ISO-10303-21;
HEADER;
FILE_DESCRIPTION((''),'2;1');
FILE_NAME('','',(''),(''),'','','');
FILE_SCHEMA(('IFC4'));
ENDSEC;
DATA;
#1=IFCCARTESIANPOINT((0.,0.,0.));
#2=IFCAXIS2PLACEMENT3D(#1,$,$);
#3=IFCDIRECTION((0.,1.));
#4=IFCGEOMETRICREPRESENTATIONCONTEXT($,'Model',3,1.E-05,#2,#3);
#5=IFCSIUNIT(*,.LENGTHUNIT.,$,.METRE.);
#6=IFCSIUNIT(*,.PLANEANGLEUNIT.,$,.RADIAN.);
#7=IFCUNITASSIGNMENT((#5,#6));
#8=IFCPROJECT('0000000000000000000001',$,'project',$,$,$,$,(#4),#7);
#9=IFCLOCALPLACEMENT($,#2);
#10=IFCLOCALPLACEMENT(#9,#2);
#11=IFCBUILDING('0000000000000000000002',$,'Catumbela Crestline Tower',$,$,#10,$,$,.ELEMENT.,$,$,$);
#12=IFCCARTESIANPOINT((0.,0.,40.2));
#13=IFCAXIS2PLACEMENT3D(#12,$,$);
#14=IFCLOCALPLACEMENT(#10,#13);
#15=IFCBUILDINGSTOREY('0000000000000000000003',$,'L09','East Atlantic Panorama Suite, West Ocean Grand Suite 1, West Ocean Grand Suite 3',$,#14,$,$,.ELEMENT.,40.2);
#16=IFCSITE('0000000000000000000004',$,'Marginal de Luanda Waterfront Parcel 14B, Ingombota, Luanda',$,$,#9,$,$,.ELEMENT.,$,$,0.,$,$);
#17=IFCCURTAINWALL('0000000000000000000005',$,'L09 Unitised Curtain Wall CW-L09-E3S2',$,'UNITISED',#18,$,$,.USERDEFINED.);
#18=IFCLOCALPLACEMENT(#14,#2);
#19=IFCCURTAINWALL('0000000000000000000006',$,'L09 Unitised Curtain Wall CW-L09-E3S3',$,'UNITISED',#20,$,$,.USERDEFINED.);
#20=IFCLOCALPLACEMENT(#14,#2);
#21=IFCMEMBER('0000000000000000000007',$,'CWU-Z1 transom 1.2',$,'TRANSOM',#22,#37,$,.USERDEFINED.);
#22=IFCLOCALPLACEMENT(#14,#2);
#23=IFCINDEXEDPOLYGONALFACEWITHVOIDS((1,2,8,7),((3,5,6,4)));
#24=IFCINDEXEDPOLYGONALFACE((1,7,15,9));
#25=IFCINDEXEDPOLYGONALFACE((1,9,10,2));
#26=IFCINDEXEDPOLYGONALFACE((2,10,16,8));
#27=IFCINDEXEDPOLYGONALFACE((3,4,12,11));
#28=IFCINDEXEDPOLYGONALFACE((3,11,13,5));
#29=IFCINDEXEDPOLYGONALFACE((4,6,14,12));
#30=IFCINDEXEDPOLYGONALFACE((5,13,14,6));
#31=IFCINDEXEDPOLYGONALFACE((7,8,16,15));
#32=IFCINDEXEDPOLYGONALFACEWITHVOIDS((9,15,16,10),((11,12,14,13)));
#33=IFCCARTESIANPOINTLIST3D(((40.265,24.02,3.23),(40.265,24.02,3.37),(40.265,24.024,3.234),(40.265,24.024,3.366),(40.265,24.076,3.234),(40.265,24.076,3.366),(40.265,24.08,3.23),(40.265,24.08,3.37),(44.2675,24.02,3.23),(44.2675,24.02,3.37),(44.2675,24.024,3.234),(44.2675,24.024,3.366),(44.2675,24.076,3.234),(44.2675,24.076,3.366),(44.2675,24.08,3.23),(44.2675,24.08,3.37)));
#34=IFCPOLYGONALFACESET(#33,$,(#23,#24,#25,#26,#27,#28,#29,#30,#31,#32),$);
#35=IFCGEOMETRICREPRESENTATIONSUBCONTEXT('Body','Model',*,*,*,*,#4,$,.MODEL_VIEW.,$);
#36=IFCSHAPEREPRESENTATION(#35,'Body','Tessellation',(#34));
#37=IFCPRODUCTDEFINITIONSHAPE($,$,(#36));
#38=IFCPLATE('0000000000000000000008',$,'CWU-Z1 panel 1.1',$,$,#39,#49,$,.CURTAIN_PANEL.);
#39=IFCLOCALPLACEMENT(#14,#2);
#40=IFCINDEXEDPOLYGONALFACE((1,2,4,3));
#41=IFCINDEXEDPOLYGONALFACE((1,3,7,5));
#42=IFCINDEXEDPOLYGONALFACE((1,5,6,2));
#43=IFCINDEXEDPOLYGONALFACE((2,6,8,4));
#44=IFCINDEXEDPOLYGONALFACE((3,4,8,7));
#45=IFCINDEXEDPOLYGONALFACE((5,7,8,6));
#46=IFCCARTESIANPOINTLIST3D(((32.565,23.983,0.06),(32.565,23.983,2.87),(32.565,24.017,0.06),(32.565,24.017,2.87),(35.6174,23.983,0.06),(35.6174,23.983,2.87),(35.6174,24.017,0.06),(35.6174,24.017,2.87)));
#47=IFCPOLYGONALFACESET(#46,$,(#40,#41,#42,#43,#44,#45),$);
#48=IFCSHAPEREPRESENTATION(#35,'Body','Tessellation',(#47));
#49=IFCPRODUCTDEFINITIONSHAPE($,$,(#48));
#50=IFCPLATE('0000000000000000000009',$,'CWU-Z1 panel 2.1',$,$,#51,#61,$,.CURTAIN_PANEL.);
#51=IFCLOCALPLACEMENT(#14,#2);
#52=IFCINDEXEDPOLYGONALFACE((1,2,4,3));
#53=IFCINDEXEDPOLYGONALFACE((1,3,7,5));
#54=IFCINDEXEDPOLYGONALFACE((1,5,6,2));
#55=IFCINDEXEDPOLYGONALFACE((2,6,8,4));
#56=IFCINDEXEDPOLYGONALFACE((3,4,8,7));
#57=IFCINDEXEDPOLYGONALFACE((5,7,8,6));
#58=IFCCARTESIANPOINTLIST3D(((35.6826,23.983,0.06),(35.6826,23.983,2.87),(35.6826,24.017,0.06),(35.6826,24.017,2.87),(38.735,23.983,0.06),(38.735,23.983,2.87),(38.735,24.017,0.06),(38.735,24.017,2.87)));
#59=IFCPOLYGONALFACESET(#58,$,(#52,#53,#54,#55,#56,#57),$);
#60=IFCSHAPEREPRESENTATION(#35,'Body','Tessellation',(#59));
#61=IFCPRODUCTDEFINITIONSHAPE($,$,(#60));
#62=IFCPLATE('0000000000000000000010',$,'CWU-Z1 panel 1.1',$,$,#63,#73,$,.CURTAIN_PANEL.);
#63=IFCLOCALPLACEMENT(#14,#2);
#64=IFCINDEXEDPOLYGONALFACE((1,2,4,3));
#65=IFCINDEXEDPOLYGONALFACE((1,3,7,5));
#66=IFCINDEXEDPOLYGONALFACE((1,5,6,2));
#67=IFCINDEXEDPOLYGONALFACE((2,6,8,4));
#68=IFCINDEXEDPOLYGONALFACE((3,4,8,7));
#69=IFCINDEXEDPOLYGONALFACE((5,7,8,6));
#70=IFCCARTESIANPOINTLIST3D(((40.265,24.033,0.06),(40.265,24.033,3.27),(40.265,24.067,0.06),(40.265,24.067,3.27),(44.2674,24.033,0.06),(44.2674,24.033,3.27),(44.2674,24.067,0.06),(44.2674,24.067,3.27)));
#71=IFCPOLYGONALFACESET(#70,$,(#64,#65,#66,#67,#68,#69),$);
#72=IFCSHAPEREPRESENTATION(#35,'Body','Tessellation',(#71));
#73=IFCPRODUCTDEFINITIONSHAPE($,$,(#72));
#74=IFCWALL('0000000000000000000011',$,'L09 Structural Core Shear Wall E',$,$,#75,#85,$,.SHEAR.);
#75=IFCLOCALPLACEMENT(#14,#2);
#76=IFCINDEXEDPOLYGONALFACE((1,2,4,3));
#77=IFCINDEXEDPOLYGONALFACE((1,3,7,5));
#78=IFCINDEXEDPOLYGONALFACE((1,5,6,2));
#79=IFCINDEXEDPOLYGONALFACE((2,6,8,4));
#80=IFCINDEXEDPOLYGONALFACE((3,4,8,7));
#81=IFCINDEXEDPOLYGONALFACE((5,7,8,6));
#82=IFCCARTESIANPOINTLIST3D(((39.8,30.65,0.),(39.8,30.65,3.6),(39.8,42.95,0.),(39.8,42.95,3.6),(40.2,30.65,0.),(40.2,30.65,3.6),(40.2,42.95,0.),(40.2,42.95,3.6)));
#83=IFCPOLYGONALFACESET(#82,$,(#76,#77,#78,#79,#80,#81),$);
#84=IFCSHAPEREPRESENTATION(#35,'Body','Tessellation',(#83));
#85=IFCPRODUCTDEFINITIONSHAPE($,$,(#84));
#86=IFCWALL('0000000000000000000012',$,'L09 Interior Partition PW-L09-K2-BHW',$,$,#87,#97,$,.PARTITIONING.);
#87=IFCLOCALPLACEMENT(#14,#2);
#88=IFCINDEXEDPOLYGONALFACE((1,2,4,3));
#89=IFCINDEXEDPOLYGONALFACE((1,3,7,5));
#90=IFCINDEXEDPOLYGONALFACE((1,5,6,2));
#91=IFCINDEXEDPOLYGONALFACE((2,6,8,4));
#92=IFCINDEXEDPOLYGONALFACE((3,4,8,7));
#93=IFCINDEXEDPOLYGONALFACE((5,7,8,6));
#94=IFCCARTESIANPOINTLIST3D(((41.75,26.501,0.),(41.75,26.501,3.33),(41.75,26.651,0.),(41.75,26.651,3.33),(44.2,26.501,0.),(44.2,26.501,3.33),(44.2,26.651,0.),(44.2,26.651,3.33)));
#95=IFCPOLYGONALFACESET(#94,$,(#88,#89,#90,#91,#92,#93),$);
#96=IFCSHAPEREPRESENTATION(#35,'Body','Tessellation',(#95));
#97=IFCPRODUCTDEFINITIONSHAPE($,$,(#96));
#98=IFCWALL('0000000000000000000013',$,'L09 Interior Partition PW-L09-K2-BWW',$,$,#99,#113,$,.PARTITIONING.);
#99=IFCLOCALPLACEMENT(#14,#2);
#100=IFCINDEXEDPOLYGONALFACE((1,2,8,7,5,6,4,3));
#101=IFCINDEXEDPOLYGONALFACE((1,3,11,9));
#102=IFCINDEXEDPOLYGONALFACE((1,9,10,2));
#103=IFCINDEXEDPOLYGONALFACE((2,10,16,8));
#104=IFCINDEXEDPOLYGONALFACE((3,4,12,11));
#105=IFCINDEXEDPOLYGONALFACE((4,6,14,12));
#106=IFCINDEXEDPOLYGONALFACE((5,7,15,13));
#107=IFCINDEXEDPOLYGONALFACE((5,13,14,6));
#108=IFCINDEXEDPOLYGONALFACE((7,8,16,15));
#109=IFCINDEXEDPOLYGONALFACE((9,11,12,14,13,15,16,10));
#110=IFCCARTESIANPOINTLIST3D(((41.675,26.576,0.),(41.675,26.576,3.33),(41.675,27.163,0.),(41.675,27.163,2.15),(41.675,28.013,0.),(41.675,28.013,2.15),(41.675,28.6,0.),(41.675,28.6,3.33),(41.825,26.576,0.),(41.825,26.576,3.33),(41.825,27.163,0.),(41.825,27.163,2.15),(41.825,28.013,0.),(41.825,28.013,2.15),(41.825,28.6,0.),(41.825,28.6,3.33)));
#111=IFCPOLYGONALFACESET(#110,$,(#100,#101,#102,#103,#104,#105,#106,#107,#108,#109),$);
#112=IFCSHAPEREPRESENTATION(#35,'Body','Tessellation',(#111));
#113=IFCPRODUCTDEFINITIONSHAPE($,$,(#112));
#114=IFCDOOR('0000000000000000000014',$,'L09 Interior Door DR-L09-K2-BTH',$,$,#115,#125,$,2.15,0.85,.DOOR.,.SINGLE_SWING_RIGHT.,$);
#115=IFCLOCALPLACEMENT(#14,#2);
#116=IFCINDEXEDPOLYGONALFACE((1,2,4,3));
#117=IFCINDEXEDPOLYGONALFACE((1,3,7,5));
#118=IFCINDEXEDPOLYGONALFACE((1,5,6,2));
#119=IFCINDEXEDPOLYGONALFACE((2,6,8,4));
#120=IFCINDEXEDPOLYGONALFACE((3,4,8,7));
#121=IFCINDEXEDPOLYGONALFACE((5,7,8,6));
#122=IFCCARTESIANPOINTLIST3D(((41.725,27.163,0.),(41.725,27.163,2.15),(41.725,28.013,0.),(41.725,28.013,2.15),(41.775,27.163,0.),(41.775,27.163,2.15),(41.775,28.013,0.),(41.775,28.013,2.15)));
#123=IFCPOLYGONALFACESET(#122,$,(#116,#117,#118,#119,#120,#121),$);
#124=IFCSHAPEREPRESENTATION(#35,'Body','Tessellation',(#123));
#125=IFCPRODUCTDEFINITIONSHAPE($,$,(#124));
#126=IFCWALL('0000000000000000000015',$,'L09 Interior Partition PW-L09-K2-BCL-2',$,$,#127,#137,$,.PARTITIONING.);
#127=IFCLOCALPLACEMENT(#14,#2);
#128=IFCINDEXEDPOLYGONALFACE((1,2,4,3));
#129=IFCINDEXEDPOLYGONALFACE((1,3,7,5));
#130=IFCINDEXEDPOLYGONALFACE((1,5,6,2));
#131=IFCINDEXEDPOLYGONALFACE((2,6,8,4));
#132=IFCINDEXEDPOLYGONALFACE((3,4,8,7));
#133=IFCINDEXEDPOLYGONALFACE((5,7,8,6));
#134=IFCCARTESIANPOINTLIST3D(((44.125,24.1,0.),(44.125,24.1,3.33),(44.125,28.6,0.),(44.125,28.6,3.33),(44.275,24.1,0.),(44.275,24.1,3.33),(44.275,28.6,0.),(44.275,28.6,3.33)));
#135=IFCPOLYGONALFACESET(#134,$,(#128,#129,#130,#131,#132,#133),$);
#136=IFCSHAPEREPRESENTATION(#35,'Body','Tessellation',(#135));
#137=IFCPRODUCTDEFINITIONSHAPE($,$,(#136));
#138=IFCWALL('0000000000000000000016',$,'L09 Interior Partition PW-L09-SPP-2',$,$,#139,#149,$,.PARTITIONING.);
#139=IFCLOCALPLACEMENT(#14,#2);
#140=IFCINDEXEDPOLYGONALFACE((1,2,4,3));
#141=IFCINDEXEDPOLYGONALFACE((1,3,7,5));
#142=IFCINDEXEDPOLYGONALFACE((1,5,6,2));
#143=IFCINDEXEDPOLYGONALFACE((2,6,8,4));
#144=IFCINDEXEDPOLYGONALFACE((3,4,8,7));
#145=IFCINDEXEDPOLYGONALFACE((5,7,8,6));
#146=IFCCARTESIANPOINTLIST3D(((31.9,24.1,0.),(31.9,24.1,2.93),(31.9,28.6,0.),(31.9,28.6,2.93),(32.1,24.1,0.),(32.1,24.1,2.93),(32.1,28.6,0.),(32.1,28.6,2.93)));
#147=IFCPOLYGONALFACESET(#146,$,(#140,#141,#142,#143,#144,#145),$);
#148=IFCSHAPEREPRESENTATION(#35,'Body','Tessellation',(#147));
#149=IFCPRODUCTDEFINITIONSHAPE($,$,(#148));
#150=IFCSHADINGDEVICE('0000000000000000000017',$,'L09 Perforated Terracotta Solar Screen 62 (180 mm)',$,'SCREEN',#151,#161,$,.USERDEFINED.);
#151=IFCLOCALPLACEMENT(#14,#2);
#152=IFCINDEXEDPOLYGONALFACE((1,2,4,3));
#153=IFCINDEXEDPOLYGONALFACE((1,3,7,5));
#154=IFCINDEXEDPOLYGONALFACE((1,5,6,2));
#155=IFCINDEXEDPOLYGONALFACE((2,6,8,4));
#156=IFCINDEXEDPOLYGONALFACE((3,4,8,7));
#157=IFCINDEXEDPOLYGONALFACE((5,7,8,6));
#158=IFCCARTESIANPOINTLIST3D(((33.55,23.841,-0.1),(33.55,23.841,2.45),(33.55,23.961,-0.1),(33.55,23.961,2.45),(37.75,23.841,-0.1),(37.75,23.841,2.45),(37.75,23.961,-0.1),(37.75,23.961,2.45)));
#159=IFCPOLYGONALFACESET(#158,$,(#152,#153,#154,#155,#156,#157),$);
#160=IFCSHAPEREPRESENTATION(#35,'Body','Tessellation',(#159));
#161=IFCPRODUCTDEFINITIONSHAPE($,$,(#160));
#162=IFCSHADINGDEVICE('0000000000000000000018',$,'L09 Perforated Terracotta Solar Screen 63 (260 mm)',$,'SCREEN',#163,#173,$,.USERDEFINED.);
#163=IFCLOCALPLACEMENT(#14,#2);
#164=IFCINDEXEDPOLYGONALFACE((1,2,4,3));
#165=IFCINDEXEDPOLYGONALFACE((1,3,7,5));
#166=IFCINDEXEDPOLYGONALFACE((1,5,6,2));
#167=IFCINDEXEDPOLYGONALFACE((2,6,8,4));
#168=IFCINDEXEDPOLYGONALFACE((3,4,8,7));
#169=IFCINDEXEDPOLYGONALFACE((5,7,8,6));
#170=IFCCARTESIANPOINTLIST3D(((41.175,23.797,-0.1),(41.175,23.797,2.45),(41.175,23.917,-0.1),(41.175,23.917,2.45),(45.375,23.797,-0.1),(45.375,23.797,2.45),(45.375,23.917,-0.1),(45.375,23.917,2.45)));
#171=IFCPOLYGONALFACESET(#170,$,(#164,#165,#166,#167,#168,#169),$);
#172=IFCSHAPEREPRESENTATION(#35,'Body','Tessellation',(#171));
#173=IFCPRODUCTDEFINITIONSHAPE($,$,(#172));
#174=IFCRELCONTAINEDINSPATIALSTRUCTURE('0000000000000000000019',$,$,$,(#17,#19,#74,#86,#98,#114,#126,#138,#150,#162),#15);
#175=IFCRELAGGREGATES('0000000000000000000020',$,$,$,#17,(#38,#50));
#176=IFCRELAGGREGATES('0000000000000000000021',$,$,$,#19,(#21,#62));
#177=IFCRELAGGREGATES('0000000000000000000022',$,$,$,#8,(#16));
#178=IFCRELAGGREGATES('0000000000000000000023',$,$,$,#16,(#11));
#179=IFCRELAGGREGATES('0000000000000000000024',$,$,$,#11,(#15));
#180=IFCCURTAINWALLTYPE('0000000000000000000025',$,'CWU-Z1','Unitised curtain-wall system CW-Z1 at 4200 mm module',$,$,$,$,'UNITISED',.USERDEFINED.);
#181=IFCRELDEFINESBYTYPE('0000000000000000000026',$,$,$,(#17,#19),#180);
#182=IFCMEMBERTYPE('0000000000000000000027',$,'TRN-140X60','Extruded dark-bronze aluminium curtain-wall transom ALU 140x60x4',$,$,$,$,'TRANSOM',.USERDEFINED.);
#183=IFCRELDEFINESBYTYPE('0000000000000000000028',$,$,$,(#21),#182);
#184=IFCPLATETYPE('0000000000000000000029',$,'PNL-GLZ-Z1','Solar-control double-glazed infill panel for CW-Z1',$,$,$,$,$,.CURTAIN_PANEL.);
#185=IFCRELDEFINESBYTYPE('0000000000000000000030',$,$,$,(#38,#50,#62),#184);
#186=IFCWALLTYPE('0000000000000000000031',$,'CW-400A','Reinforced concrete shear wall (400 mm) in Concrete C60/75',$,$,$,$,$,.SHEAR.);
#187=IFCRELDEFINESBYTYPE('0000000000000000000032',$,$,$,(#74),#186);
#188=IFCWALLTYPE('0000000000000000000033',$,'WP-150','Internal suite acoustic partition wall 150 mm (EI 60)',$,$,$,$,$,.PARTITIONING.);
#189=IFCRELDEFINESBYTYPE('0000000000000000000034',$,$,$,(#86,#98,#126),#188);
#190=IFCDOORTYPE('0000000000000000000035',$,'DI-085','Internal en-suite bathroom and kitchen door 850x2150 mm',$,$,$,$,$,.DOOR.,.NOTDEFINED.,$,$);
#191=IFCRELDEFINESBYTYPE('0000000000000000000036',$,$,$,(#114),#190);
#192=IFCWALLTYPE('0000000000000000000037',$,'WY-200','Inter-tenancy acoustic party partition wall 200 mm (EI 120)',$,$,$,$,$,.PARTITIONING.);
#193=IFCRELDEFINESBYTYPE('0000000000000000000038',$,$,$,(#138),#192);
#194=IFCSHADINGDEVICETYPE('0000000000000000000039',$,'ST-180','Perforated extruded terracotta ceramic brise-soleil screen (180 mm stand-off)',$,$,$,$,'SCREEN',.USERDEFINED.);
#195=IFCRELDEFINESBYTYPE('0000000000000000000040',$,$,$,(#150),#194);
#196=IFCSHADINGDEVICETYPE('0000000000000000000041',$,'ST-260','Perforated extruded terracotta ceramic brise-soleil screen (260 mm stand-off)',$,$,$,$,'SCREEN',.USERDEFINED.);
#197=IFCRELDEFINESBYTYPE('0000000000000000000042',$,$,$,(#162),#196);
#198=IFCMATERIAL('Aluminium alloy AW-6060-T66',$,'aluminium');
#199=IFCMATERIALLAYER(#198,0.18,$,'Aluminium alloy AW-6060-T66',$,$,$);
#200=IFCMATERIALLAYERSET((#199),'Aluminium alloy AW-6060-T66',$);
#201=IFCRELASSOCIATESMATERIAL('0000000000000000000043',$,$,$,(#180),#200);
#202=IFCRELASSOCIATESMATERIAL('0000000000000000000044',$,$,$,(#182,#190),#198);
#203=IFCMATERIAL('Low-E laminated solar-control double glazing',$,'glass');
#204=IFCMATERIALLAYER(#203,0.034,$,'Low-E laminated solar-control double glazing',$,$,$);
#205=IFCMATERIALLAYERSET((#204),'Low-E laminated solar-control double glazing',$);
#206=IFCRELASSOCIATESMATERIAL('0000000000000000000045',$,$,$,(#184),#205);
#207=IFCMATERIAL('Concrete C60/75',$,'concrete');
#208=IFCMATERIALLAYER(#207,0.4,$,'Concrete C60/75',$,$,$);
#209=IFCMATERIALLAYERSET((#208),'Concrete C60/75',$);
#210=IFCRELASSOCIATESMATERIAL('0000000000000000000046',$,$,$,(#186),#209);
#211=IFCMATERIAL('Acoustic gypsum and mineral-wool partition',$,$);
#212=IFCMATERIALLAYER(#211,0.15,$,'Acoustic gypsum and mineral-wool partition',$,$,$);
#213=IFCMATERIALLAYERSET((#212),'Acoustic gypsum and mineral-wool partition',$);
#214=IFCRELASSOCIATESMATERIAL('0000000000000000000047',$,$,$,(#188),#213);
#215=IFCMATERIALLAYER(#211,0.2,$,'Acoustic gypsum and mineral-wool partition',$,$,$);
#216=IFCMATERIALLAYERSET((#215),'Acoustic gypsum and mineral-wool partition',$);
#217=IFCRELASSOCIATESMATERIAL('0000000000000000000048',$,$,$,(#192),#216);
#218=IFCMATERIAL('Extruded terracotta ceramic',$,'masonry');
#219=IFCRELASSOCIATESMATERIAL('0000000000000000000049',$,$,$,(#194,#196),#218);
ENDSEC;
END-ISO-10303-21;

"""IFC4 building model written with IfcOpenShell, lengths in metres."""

from ifc_helpers import new_model, si_unit, direction, frame, frame_2d, origin, origin_2d, place, context, subcontext, project, spatial, rectangle, hollow_rectangle, extrude, material, layer, layer_set, material_profile, profile_set, type_object, element, fill, aggregate, save


model = new_model("IFC4")

# Units and contexts
model_context = context("Model", 3, precision=1e-05, world=origin(), true_north=direction((0.0, 1.0)))
body_context = subcontext(model_context, "Body", "Model", "MODEL_VIEW")
ifc_project = project(units=[si_unit("LENGTHUNIT", "METRE"), si_unit("PLANEANGLEUNIT", "RADIAN")], contexts=[model_context])

# Site, building, storey
site_placement = place(None, origin())
site = spatial("IfcSite", under=ifc_project, at=site_placement, Name="Marginal de Luanda Waterfront Parcel 14B, Ingombota, Luanda", CompositionType="ELEMENT", RefElevation=0.0)
building_placement = place(site_placement, origin())
building = spatial("IfcBuilding", under=site, at=building_placement, Name="Catumbela Crestline Tower", CompositionType="ELEMENT")
storey_placement = place(building_placement, frame((0.0, 0.0, 40.2)))
storey = spatial("IfcBuildingStorey", under=building, at=storey_placement, Name="L09", Description="East Atlantic Panorama Suite, West Ocean Grand Suite 1, West Ocean Grand Suite 3", CompositionType="ELEMENT", Elevation=40.2)

# Shared definitions
ifc_material_1 = material(Name="Concrete C60/75", Category="concrete")

# Curtain wall
ifc_material_2 = material(Name="Aluminium alloy AW-6060-T66", Category="aluminium")
ifc_layer_1 = layer(ifc_material_2, 0.18, Name="Aluminium alloy AW-6060-T66")
ifc_layer_set_1 = layer_set([ifc_layer_1], Name="Aluminium alloy AW-6060-T66")
curtain_wall_type = type_object("IfcCurtainWallType", Name="CWU-Z1", Description="Unitised curtain-wall system CW-Z1 at 4200 mm module", ElementType="UNITISED", PredefinedType="USERDEFINED", material=ifc_layer_set_1)
curtain_wall_1_placement = place(storey_placement, origin())
curtain_wall_1 = element("IfcCurtainWall", 1, at=curtain_wall_1_placement, inside=storey, type_object=curtain_wall_type, Name="L09 Unitised Curtain Wall CW-L09-E3S2", ObjectType="UNITISED", PredefinedType="USERDEFINED")

# Curtain wall
curtain_wall_2_placement = place(storey_placement, origin())
curtain_wall_2 = element("IfcCurtainWall", 2, at=curtain_wall_2_placement, inside=storey, type_object=curtain_wall_type, Name="L09 Unitised Curtain Wall CW-L09-E3S3", ObjectType="UNITISED", PredefinedType="USERDEFINED")

# Member
ifc_material_profile_1 = material_profile(ifc_material_2, hollow_rectangle(XDim=0.06, YDim=0.14, WallThickness=0.004, at=origin_2d()), Name="ALU 140x60x4")
ifc_profile_set_1 = profile_set([ifc_material_profile_1], Name="Aluminium alloy AW-6060-T66")
member_type_1 = type_object("IfcMemberType", Name="TRN-140X60", Description="Extruded dark-bronze aluminium curtain-wall transom ALU 140x60x4", ElementType="TRANSOM", PredefinedType="USERDEFINED", material=ifc_profile_set_1)
member_1_placement = place(storey_placement, frame((40.265, 24.05, 3.3), z_axis=(1.0, 0.0, 0.0), x_axis=(0.0, 1.0, 0.0)))
member_1 = element("IfcMember", 3, at=member_1_placement, type_object=member_type_1, Name="CWU-Z1 transom 1.2", ObjectType="TRANSOM", PredefinedType="USERDEFINED", context=body_context, shape_type="SweptSolid", body=[
    extrude(hollow_rectangle(XDim=0.06, YDim=0.14, WallThickness=0.004, at=origin_2d()), origin(), (0.0, 0.0, 1.0), 4.0025),
])

# Plates
ifc_material_3 = material(Name="Low-E laminated solar-control double glazing", Category="glass")
ifc_layer_2 = layer(ifc_material_3, 0.034, Name="Low-E laminated solar-control double glazing")
ifc_layer_set_2 = layer_set([ifc_layer_2], Name="Low-E laminated solar-control double glazing")
plate_type = type_object("IfcPlateType", Name="PNL-GLZ-Z1", Description="Solar-control double-glazed infill panel for CW-Z1", PredefinedType="CURTAIN_PANEL", material=ifc_layer_set_2)
plate_1_placement = place(storey_placement, frame((34.0912, 24.0, 0.06), z_axis=(0.0, 0.0, 1.0), x_axis=(1.0, 0.0, 0.0)))
plate_1 = element("IfcPlate", 4, at=plate_1_placement, type_object=plate_type, Name="CWU-Z1 panel 1.1", PredefinedType="CURTAIN_PANEL", context=body_context, shape_type="SweptSolid", body=[
    extrude(rectangle(XDim=3.0525, YDim=0.034, at=origin_2d()), origin(), (0.0, 0.0, 1.0), 2.81),
])
plate_2_placement = place(storey_placement, frame((37.2088, 24.0, 0.06), z_axis=(0.0, 0.0, 1.0), x_axis=(1.0, 0.0, 0.0)))
plate_2 = element("IfcPlate", 5, at=plate_2_placement, type_object=plate_type, Name="CWU-Z1 panel 2.1", PredefinedType="CURTAIN_PANEL", context=body_context, shape_type="SweptSolid", body=[
    extrude(rectangle(XDim=3.0525, YDim=0.034, at=origin_2d()), origin(), (0.0, 0.0, 1.0), 2.81),
])
aggregate(curtain_wall_1, [plate_1, plate_2])
plate_3_placement = place(storey_placement, frame((42.2662, 24.05, 0.06), z_axis=(0.0, 0.0, 1.0), x_axis=(1.0, 0.0, 0.0)))
plate_3 = element("IfcPlate", 6, at=plate_3_placement, type_object=plate_type, Name="CWU-Z1 panel 1.1", PredefinedType="CURTAIN_PANEL", context=body_context, shape_type="SweptSolid", body=[
    extrude(rectangle(XDim=4.0025, YDim=0.034, at=origin_2d()), origin(), (0.0, 0.0, 1.0), 3.21),
])
aggregate(curtain_wall_2, [member_1, plate_3])

# Walls
ifc_layer_3 = layer(ifc_material_1, 0.4, Name="Concrete C60/75")
ifc_layer_set_3 = layer_set([ifc_layer_3], Name="Concrete C60/75")
wall_type_1 = type_object("IfcWallType", Name="CW-400A", Description="Reinforced concrete shear wall (400 mm) in Concrete C60/75", PredefinedType="SHEAR", material=ifc_layer_set_3)
wall_1_placement = place(storey_placement, frame((40.0, 30.65, 0.0), z_axis=(0.0, 0.0, 1.0), x_axis=(0.0, 1.0, 0.0)))
element("IfcWall", 7, at=wall_1_placement, inside=storey, type_object=wall_type_1, Name="L09 Structural Core Shear Wall E", PredefinedType="SHEAR", context=body_context, shape_type="SweptSolid", body=[
    extrude(rectangle(XDim=12.3, YDim=0.4, at=frame_2d((6.15, 0.0))), origin(), (0.0, 0.0, 1.0), 3.6),
])
ifc_material_4 = material(Name="Acoustic gypsum and mineral-wool partition")
ifc_layer_4 = layer(ifc_material_4, 0.15, Name="Acoustic gypsum and mineral-wool partition")
ifc_layer_set_4 = layer_set([ifc_layer_4], Name="Acoustic gypsum and mineral-wool partition")
wall_type_2 = type_object("IfcWallType", Name="WP-150", Description="Internal suite acoustic partition wall 150 mm (EI 60)", PredefinedType="PARTITIONING", material=ifc_layer_set_4)
wall_2_placement = place(storey_placement, frame((41.75, 26.576, 0.0), z_axis=(0.0, 0.0, 1.0), x_axis=(1.0, 0.0, 0.0)))
element("IfcWall", 8, at=wall_2_placement, inside=storey, type_object=wall_type_2, Name="L09 Interior Partition PW-L09-K2-BHW", PredefinedType="PARTITIONING", context=body_context, shape_type="SweptSolid", body=[
    extrude(rectangle(XDim=2.45, YDim=0.15, at=frame_2d((1.225, 0.0))), origin(), (0.0, 0.0, 1.0), 3.33),
])

# Wall, opening, door
wall_3_placement = place(storey_placement, frame((41.75, 26.576, 0.0), z_axis=(0.0, 0.0, 1.0), x_axis=(0.0, 1.0, 0.0)))
wall_3 = element("IfcWall", 9, at=wall_3_placement, inside=storey, type_object=wall_type_2, Name="L09 Interior Partition PW-L09-K2-BWW", PredefinedType="PARTITIONING", context=body_context, shape_type="SweptSolid", body=[
    extrude(rectangle(XDim=2.024, YDim=0.15, at=frame_2d((1.012, 0.0))), origin(), (0.0, 0.0, 1.0), 3.33),
])
opening_placement = place(wall_3_placement, frame((0.587, 0.0, 0.0)))
opening = element("IfcOpeningElement", 10, at=opening_placement, cuts=wall_3, PredefinedType="OPENING", context=body_context, shape_type="SweptSolid", body=[
    extrude(rectangle(XDim=0.85, YDim=2.15, at=frame_2d((0.425, 1.075))), frame((0.0, 0.085, 0.0), z_axis=(0.0, -1.0, 0.0), x_axis=(1.0, 0.0, 0.0)), (0.0, 0.0, 1.0), 0.17),
])
door_type = type_object("IfcDoorType", Name="DI-085", Description="Internal en-suite bathroom and kitchen door 850x2150 mm", OperationType="NOTDEFINED", PredefinedType="DOOR", material=ifc_material_2)
door_placement = place(opening_placement, origin())
door = element("IfcDoor", 11, at=door_placement, inside=storey, type_object=door_type, Name="L09 Interior Door DR-L09-K2-BTH", OperationType="SINGLE_SWING_RIGHT", OverallHeight=2.15, OverallWidth=0.85, PredefinedType="DOOR", context=body_context, shape_type="SweptSolid", body=[
    extrude(rectangle(XDim=0.85, YDim=2.15, at=frame_2d((0.425, 1.075))), frame((0.0, 0.025, 0.0), z_axis=(0.0, -1.0, 0.0), x_axis=(1.0, 0.0, 0.0)), (0.0, 0.0, 1.0), 0.05),
])
fill(opening, door)

# Walls
wall_4_placement = place(storey_placement, frame((44.2, 28.6, 0.0), z_axis=(0.0, 0.0, 1.0), x_axis=(0.0, -1.0, 0.0)))
element("IfcWall", 12, at=wall_4_placement, inside=storey, type_object=wall_type_2, Name="L09 Interior Partition PW-L09-K2-BCL-2", PredefinedType="PARTITIONING", context=body_context, shape_type="SweptSolid", body=[
    extrude(rectangle(XDim=4.5, YDim=0.15, at=frame_2d((2.25, 0.0))), origin(), (0.0, 0.0, 1.0), 3.33),
])
ifc_layer_5 = layer(ifc_material_4, 0.2, Name="Acoustic gypsum and mineral-wool partition")
ifc_layer_set_5 = layer_set([ifc_layer_5], Name="Acoustic gypsum and mineral-wool partition")
wall_type_3 = type_object("IfcWallType", Name="WY-200", Description="Inter-tenancy acoustic party partition wall 200 mm (EI 120)", PredefinedType="PARTITIONING", material=ifc_layer_set_5)
wall_5_placement = place(storey_placement, frame((32.0, 24.1, 0.0), z_axis=(0.0, 0.0, 1.0), x_axis=(0.0, 1.0, 0.0)))
element("IfcWall", 13, at=wall_5_placement, inside=storey, type_object=wall_type_3, Name="L09 Interior Partition PW-L09-SPP-2", PredefinedType="PARTITIONING", context=body_context, shape_type="SweptSolid", body=[
    extrude(rectangle(XDim=4.5, YDim=0.2, at=frame_2d((2.25, 0.0))), origin(), (0.0, 0.0, 1.0), 2.93),
])

# Shading devices
ifc_material_5 = material(Name="Extruded terracotta ceramic", Category="masonry")
shading_device_type_1 = type_object("IfcShadingDeviceType", Name="ST-180", Description="Perforated extruded terracotta ceramic brise-soleil screen (180 mm stand-off)", ElementType="SCREEN", PredefinedType="USERDEFINED", material=ifc_material_5)
shading_device_1_placement = place(storey_placement, frame((35.65, 23.901, -0.1), z_axis=(0.0, 0.0, 1.0), x_axis=(1.0, 0.0, 0.0)))
element("IfcShadingDevice", 14, at=shading_device_1_placement, inside=storey, type_object=shading_device_type_1, Name="L09 Perforated Terracotta Solar Screen 62 (180 mm)", ObjectType="SCREEN", PredefinedType="USERDEFINED", context=body_context, shape_type="SweptSolid", body=[
    extrude(rectangle(XDim=4.2, YDim=0.12, at=origin_2d()), origin(), (0.0, 0.0, 1.0), 2.55),
])
shading_device_type_2 = type_object("IfcShadingDeviceType", Name="ST-260", Description="Perforated extruded terracotta ceramic brise-soleil screen (260 mm stand-off)", ElementType="SCREEN", PredefinedType="USERDEFINED", material=ifc_material_5)
shading_device_2_placement = place(storey_placement, frame((43.275, 23.857, -0.1), z_axis=(0.0, 0.0, 1.0), x_axis=(1.0, 0.0, 0.0)))
element("IfcShadingDevice", 15, at=shading_device_2_placement, inside=storey, type_object=shading_device_type_2, Name="L09 Perforated Terracotta Solar Screen 63 (260 mm)", ObjectType="SCREEN", PredefinedType="USERDEFINED", context=body_context, shape_type="SweptSolid", body=[
    extrude(rectangle(XDim=4.2, YDim=0.12, at=origin_2d()), origin(), (0.0, 0.0, 1.0), 2.55),
])

save(model, "model.ifc")
